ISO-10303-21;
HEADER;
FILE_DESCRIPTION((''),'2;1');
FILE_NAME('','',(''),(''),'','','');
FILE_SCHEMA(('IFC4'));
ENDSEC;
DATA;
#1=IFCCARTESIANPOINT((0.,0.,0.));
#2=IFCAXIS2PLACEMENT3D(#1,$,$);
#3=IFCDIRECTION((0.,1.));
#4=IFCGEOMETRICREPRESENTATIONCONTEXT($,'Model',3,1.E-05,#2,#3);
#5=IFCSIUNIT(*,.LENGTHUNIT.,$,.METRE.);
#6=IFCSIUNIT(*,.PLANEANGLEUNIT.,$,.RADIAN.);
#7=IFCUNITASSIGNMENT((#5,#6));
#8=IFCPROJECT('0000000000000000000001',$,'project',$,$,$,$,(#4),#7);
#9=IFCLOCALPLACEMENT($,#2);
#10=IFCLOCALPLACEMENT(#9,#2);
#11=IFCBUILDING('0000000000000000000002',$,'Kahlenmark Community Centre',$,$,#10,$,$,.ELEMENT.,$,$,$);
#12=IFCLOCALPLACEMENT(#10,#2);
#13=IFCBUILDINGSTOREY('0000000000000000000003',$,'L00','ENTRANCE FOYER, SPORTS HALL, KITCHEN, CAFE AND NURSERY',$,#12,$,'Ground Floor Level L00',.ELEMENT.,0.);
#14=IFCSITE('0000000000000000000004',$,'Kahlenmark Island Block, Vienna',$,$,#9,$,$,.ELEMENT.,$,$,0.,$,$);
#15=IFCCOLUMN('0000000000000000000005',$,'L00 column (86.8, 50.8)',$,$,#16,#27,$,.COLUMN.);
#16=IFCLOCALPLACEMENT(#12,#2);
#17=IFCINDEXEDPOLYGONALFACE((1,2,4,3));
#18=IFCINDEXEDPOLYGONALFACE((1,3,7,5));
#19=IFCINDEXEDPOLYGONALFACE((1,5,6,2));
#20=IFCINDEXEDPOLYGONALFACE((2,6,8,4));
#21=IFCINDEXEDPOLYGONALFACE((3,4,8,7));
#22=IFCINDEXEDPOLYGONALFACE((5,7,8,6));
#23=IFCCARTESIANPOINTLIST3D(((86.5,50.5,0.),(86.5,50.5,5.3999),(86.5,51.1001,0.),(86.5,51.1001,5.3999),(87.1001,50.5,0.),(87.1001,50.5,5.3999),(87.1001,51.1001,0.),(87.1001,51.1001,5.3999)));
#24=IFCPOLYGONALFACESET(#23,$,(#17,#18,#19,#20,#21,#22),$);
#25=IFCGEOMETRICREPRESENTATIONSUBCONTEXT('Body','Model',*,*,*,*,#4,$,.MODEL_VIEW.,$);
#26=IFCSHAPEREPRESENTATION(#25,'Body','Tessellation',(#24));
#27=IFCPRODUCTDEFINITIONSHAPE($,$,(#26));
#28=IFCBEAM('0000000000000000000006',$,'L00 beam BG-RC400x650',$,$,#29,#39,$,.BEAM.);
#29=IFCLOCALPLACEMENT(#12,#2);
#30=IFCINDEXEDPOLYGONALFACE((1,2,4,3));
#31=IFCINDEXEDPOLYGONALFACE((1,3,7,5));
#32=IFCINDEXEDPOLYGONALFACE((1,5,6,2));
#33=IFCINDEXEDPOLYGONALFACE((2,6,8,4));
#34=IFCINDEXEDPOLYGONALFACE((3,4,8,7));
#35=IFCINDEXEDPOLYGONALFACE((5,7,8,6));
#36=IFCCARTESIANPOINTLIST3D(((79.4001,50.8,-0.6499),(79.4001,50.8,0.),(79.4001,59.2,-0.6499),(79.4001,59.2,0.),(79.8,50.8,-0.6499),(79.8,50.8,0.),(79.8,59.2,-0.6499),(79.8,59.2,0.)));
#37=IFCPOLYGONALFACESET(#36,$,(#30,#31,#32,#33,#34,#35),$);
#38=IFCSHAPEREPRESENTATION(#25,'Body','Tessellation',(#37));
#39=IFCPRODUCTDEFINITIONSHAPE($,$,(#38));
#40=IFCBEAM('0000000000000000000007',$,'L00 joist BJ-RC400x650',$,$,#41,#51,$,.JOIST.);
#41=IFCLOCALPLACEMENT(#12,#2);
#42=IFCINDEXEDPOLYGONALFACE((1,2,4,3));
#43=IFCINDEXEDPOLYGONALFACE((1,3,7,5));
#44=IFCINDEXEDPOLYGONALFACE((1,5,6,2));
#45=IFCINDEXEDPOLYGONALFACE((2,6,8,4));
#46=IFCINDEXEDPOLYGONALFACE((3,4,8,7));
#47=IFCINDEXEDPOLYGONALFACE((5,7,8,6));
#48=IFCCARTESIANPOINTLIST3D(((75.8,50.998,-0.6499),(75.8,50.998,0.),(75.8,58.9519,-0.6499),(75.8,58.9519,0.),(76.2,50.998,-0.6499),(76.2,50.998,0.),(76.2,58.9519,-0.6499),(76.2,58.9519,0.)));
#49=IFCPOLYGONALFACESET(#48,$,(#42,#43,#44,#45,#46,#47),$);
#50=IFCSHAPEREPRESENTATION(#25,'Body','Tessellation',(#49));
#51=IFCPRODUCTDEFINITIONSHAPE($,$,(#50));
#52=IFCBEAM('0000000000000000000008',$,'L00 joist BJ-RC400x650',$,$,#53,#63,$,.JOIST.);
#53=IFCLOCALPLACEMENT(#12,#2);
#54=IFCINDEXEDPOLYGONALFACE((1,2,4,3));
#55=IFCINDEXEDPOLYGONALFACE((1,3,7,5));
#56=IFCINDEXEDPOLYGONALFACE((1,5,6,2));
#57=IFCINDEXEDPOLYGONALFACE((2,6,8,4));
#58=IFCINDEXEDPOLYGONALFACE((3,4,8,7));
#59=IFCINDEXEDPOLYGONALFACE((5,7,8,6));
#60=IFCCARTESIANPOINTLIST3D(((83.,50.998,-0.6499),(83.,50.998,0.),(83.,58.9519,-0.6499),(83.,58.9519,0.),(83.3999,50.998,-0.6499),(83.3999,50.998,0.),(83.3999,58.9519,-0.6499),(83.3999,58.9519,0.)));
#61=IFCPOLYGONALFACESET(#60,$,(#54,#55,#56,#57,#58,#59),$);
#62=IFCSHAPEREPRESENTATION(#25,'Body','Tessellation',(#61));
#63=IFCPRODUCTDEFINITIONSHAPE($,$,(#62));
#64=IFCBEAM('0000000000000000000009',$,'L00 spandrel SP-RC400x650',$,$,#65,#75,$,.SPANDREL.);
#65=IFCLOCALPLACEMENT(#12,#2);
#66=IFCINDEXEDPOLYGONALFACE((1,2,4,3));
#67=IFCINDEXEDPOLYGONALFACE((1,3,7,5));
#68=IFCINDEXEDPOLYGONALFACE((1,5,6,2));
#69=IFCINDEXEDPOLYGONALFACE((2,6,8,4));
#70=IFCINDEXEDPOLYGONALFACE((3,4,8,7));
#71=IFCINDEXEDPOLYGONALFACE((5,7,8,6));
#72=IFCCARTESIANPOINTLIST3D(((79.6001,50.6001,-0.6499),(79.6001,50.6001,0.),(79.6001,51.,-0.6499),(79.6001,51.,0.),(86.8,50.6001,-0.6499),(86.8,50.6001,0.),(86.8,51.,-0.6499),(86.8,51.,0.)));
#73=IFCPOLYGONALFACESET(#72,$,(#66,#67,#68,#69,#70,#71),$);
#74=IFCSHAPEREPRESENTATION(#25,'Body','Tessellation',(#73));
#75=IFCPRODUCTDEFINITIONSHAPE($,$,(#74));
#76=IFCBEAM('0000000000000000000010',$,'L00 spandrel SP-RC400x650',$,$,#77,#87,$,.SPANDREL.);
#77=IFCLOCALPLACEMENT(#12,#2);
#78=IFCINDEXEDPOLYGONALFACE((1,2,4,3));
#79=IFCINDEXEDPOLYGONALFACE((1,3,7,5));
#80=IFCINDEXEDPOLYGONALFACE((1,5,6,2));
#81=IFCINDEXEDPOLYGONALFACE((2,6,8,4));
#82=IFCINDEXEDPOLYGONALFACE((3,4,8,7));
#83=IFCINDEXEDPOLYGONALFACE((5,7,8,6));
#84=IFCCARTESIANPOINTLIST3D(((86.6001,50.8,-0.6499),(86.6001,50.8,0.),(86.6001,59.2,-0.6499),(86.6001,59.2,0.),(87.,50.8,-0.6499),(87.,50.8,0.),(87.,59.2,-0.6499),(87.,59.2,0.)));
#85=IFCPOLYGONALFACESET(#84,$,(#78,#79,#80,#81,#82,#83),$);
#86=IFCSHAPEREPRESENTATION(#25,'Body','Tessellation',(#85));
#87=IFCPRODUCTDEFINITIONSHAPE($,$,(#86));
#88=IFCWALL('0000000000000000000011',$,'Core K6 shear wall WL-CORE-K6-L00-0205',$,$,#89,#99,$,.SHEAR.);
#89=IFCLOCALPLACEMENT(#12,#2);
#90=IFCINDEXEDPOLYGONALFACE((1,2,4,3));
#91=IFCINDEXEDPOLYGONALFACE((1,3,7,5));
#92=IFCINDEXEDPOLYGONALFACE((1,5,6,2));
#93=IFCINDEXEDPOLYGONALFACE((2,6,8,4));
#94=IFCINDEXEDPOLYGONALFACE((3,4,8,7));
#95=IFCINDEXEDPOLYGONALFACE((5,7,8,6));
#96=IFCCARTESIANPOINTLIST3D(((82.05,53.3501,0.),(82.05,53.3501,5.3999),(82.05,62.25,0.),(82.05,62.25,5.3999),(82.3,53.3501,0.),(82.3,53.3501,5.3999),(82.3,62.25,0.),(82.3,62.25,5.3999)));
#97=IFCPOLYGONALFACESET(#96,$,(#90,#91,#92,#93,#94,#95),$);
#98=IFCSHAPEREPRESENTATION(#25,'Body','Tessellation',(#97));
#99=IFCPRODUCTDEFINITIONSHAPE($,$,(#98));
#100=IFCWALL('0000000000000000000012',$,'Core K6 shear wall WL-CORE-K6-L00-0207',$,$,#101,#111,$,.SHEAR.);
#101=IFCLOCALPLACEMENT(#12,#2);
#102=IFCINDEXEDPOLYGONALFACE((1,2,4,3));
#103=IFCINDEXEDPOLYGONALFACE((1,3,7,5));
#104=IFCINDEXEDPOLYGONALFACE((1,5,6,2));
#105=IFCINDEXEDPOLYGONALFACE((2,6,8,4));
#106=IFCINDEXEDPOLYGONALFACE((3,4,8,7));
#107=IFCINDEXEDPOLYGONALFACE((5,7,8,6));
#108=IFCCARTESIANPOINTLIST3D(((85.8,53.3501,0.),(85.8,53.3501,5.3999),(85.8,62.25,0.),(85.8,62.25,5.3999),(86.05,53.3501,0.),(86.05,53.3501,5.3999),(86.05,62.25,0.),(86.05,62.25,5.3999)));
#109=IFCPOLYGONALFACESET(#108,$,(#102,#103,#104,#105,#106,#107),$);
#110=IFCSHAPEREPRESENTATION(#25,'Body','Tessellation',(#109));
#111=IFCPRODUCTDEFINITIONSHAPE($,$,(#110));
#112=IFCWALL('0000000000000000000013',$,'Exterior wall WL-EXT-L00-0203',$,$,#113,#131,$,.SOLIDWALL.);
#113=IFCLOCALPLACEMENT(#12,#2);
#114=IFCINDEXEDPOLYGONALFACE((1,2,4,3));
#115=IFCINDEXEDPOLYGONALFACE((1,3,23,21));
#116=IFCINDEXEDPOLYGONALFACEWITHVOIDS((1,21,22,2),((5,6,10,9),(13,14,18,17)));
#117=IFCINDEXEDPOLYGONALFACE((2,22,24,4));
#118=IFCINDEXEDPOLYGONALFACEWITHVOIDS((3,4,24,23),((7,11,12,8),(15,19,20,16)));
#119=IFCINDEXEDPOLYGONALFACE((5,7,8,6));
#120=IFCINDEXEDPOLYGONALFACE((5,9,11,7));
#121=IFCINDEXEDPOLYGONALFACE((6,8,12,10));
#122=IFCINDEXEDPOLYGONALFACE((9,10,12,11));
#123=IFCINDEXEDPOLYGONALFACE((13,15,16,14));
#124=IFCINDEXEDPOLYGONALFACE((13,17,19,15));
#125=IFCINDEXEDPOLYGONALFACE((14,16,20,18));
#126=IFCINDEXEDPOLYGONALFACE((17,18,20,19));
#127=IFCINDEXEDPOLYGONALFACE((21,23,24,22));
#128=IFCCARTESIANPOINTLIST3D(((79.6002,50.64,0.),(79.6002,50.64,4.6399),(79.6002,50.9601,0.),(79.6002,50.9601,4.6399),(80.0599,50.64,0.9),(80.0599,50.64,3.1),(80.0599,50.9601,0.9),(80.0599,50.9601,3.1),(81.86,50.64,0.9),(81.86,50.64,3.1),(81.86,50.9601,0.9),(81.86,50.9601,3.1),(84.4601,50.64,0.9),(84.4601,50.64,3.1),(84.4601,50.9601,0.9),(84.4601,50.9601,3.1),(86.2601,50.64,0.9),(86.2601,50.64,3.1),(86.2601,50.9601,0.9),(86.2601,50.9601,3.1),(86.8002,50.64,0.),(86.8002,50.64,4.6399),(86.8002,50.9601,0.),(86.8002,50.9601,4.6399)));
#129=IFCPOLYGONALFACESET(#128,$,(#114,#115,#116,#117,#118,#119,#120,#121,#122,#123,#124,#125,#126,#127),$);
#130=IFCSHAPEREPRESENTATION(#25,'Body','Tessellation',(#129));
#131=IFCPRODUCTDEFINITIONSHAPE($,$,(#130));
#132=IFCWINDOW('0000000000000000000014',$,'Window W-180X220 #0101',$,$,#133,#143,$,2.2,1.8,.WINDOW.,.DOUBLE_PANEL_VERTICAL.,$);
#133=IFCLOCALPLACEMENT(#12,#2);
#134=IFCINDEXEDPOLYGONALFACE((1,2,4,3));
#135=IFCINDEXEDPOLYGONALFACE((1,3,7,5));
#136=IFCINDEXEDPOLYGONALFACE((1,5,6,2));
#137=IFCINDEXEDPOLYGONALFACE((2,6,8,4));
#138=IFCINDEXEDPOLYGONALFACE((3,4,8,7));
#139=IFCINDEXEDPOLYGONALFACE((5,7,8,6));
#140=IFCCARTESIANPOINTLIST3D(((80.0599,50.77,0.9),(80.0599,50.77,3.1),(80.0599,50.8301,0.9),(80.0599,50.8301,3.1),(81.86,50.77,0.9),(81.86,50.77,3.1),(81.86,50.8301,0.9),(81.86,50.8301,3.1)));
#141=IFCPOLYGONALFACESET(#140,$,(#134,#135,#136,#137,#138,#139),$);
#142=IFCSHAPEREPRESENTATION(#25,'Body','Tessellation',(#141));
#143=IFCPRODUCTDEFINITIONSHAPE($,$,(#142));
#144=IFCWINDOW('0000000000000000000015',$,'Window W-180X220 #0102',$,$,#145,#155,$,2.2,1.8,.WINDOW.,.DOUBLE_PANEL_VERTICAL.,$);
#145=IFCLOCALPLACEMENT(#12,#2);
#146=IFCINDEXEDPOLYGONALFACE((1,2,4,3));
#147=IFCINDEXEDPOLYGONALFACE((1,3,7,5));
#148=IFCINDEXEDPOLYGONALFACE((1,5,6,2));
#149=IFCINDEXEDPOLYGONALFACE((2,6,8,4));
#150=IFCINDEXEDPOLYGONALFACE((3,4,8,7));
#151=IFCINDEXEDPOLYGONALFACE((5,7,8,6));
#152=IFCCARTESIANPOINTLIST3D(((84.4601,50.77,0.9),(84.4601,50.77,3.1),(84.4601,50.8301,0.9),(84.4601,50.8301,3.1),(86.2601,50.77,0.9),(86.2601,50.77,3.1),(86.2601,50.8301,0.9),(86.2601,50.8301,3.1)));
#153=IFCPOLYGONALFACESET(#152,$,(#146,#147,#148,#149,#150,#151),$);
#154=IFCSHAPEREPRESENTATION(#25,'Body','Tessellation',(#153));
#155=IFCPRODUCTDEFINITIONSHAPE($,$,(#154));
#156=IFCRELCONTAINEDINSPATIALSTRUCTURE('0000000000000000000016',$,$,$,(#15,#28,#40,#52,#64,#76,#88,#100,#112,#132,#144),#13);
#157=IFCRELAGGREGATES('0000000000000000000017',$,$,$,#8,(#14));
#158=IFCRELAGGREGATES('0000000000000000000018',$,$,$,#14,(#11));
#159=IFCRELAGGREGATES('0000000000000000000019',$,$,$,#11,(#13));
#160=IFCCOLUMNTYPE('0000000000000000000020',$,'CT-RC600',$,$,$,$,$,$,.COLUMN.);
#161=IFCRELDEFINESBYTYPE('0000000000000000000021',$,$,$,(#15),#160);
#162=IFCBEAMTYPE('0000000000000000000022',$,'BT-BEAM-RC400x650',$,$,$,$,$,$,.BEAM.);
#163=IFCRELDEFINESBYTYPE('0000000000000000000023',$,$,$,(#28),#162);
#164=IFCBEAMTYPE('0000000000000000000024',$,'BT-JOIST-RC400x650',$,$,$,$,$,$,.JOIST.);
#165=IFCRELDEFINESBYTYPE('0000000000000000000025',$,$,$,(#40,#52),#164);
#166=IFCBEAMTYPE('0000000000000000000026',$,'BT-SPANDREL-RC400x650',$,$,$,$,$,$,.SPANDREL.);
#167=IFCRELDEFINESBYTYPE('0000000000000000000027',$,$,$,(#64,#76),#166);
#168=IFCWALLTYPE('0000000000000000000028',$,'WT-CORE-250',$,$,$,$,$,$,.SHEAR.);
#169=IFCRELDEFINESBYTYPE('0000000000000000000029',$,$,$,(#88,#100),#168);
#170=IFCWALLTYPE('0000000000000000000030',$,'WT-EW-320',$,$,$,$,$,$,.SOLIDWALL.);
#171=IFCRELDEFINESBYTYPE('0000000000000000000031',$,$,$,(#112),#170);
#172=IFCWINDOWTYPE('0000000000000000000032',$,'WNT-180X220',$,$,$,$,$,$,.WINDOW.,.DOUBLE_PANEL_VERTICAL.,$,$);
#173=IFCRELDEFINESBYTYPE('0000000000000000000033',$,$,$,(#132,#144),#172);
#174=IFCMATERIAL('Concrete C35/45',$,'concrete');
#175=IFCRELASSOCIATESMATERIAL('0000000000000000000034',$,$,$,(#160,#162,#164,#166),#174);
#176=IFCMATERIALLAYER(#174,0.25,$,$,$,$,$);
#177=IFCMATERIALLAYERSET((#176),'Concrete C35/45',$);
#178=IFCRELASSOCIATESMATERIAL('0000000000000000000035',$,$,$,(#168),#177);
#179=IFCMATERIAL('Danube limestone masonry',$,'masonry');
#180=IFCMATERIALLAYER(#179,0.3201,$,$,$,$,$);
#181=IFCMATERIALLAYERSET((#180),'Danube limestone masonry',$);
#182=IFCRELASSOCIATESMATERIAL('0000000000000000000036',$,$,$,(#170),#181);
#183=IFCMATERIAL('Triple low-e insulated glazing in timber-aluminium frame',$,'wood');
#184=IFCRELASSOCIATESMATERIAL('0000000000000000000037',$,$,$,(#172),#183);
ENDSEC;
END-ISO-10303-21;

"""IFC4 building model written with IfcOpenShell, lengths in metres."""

from ifc_helpers import new_model, si_unit, direction, frame, frame_2d, origin, origin_2d, place, context, subcontext, project, spatial, rectangle, extrude, material, layer, layer_set, material_profile, profile_set, type_object, element, fill, save


model = new_model("IFC4")

# Units and contexts
model_context = context("Model", 3, precision=1e-05, world=origin(), true_north=direction((0.0, 1.0)))
body_context = subcontext(model_context, "Body", "Model", "MODEL_VIEW")
ifc_project = project(units=[si_unit("LENGTHUNIT", "METRE"), si_unit("PLANEANGLEUNIT", "RADIAN")], contexts=[model_context])

# Site, building, storey
site_placement = place(None, origin())
site = spatial("IfcSite", under=ifc_project, at=site_placement, Name="Kahlenmark Island Block, Vienna", CompositionType="ELEMENT", RefElevation=0.0)
building_placement = place(site_placement, origin())
building = spatial("IfcBuilding", under=site, at=building_placement, Name="Kahlenmark Community Centre", CompositionType="ELEMENT")
storey_placement = place(building_placement, origin())
storey = spatial("IfcBuildingStorey", under=building, at=storey_placement, Name="L00", Description="ENTRANCE FOYER, SPORTS HALL, KITCHEN, CAFE AND NURSERY", LongName="Ground Floor Level L00", CompositionType="ELEMENT", Elevation=0.0)

# Column
ifc_material_1 = material(Name="Concrete C35/45", Category="concrete")
ifc_material_profile_1 = material_profile(ifc_material_1, rectangle(XDim=0.6001, YDim=0.6001, at=origin_2d()), Name="RC 600x600")
ifc_profile_set_1 = profile_set([ifc_material_profile_1], Name="Concrete C35/45")
column_type = type_object("IfcColumnType", Name="CT-RC600", PredefinedType="COLUMN", material=ifc_profile_set_1)
column_placement = place(storey_placement, frame((86.8, 50.8, 0.0), z_axis=(0.0, 0.0, 1.0), x_axis=(1.0, 0.0, 0.0)))
element("IfcColumn", 1, at=column_placement, inside=storey, type_object=column_type, Name="L00 column (86.8, 50.8)", PredefinedType="COLUMN", context=body_context, shape_type="SweptSolid", body=[
    extrude(rectangle(XDim=0.6001, YDim=0.6001, at=origin_2d()), origin(), (0.0, 0.0, 1.0), 5.3999),
])

# Beams
ifc_material_profile_2 = material_profile(ifc_material_1, rectangle(XDim=0.3999, YDim=0.6499, at=origin_2d()), Name="RC 400x650")
ifc_profile_set_2 = profile_set([ifc_material_profile_2], Name="Concrete C35/45")
beam_type_1 = type_object("IfcBeamType", Name="BT-BEAM-RC400x650", PredefinedType="BEAM", material=ifc_profile_set_2)
beam_1_placement = place(storey_placement, frame((79.6001, 50.8, -0.325), z_axis=(0.0, 1.0, 0.0), x_axis=(-1.0, 0.0, 0.0)))
element("IfcBeam", 2, at=beam_1_placement, inside=storey, type_object=beam_type_1, Name="L00 beam BG-RC400x650", PredefinedType="BEAM", context=body_context, shape_type="SweptSolid", body=[
    extrude(rectangle(XDim=0.3999, YDim=0.6499, at=origin_2d()), origin(), (0.0, 0.0, 1.0), 8.3999),
])
ifc_material_profile_3 = material_profile(ifc_material_1, rectangle(XDim=0.3999, YDim=0.6499, at=origin_2d()), Name="RC 400x650")
ifc_profile_set_3 = profile_set([ifc_material_profile_3], Name="Concrete C35/45")
beam_type_2 = type_object("IfcBeamType", Name="BT-JOIST-RC400x650", PredefinedType="JOIST", material=ifc_profile_set_3)
for number, where, z_axis, x_axis, name in (
    (3, (76.0, 50.998, -0.325), (0.0, 1.0, 0.0), (-1.0, 0.0, 0.0), "L00 joist BJ-RC400x650"),
    (4, (83.2, 50.998, -0.325), (0.0, 1.0, 0.0), (-1.0, 0.0, 0.0), "L00 joist BJ-RC400x650"),
):
    element("IfcBeam", number, at=place(storey_placement, frame(where, z_axis=z_axis, x_axis=x_axis)), inside=storey, type_object=beam_type_2, Name=name, PredefinedType="JOIST", context=body_context, shape_type="SweptSolid", body=[
        extrude(rectangle(XDim=0.3999, YDim=0.6499, at=origin_2d()), origin(), (0.0, 0.0, 1.0), 7.9539),
    ])
ifc_material_profile_4 = material_profile(ifc_material_1, rectangle(XDim=0.3999, YDim=0.6499, at=origin_2d()), Name="RC 400x650")
ifc_profile_set_4 = profile_set([ifc_material_profile_4], Name="Concrete C35/45")
beam_type_3 = type_object("IfcBeamType", Name="BT-SPANDREL-RC400x650", PredefinedType="SPANDREL", material=ifc_profile_set_4)
beam_2_placement = place(storey_placement, frame((79.6001, 50.8, -0.325), z_axis=(1.0, 0.0, 0.0), x_axis=(0.0, 1.0, 0.0)))
element("IfcBeam", 5, at=beam_2_placement, inside=storey, type_object=beam_type_3, Name="L00 spandrel SP-RC400x650", PredefinedType="SPANDREL", context=body_context, shape_type="SweptSolid", body=[
    extrude(rectangle(XDim=0.3999, YDim=0.6499, at=origin_2d()), origin(), (0.0, 0.0, 1.0), 7.2),
])
beam_3_placement = place(storey_placement, frame((86.8, 50.8, -0.325), z_axis=(0.0, 1.0, 0.0), x_axis=(-1.0, 0.0, 0.0)))
element("IfcBeam", 6, at=beam_3_placement, inside=storey, type_object=beam_type_3, Name="L00 spandrel SP-RC400x650", PredefinedType="SPANDREL", context=body_context, shape_type="SweptSolid", body=[
    extrude(rectangle(XDim=0.3999, YDim=0.6499, at=origin_2d()), origin(), (0.0, 0.0, 1.0), 8.3999),
])

# Shared definitions
ifc_layer_1 = layer(ifc_material_1, 0.25)
ifc_layer_set_1 = layer_set([ifc_layer_1], Name="Concrete C35/45")
wall_type_1 = type_object("IfcWallType", Name="WT-CORE-250", PredefinedType="SHEAR", material=ifc_layer_set_1)

# Walls
for number, where, z_axis, x_axis, name in (
    (7, (82.175, 53.3501, 0.0), (0.0, 0.0, 1.0), (0.0, 1.0, 0.0), "Core K6 shear wall WL-CORE-K6-L00-0205"),
    (8, (85.925, 53.3501, 0.0), (0.0, 0.0, 1.0), (0.0, 1.0, 0.0), "Core K6 shear wall WL-CORE-K6-L00-0207"),
):
    element("IfcWall", number, at=place(storey_placement, frame(where, z_axis=z_axis, x_axis=x_axis)), inside=storey, type_object=wall_type_1, Name=name, PredefinedType="SHEAR", context=body_context, shape_type="SweptSolid", body=[
        extrude(rectangle(XDim=8.8999, YDim=0.25, at=frame_2d((4.45, 0.0))), origin(), (0.0, 0.0, 1.0), 5.3999),
    ])

# Wall, openings, windows
ifc_material_2 = material(Name="Danube limestone masonry", Category="masonry")
ifc_layer_2 = layer(ifc_material_2, 0.3201)
ifc_layer_set_2 = layer_set([ifc_layer_2], Name="Danube limestone masonry")
wall_type_2 = type_object("IfcWallType", Name="WT-EW-320", PredefinedType="SOLIDWALL", material=ifc_layer_set_2)
wall_1_placement = place(storey_placement, frame((79.6001, 50.8, 0.0), z_axis=(0.0, 0.0, 1.0), x_axis=(1.0, 0.0, 0.0)))
wall_1 = element("IfcWall", 9, at=wall_1_placement, inside=storey, type_object=wall_type_2, Name="Exterior wall WL-EXT-L00-0203", PredefinedType="SOLIDWALL", context=body_context, shape_type="SweptSolid", body=[
    extrude(rectangle(XDim=7.2, YDim=0.3201, at=frame_2d((3.6001, 0.0))), origin(), (0.0, 0.0, 1.0), 4.6399),
])
opening_1_placement = place(wall_1_placement, frame((0.46, 0.0, 0.8999)))
opening_1 = element("IfcOpeningElement", 10, at=opening_1_placement, cuts=wall_1, PredefinedType="OPENING", context=body_context, shape_type="SweptSolid", body=[
    extrude(rectangle(XDim=1.8, YDim=2.2, at=frame_2d((0.8999, 1.1001))), frame((0.0, 0.1699, 0.0), z_axis=(0.0, -1.0, 0.0), x_axis=(1.0, 0.0, 0.0)), (0.0, 0.0, 1.0), 0.3401),
])
opening_2_placement = place(wall_1_placement, frame((4.8601, 0.0, 0.8999)))
opening_2 = element("IfcOpeningElement", 11, at=opening_2_placement, cuts=wall_1, PredefinedType="OPENING", context=body_context, shape_type="SweptSolid", body=[
    extrude(rectangle(XDim=1.8, YDim=2.2, at=frame_2d((0.8999, 1.1001))), frame((0.0, 0.1699, 0.0), z_axis=(0.0, -1.0, 0.0), x_axis=(1.0, 0.0, 0.0)), (0.0, 0.0, 1.0), 0.3401),
])
ifc_material_3 = material(Name="Triple low-e insulated glazing in timber-aluminium frame", Category="wood")
window_type_1 = type_object("IfcWindowType", Name="WNT-180X220", PartitioningType="DOUBLE_PANEL_VERTICAL", PredefinedType="WINDOW", material=ifc_material_3)
window_1_placement = place(opening_1_placement, origin())
window_1 = element("IfcWindow", 12, at=window_1_placement, inside=storey, type_object=window_type_1, Name="Window W-180X220 #0101", OverallHeight=2.2, OverallWidth=1.8, PartitioningType="DOUBLE_PANEL_VERTICAL", PredefinedType="WINDOW", context=body_context, shape_type="SweptSolid", body=[
    extrude(rectangle(XDim=1.8, YDim=2.2, at=frame_2d((0.8999, 1.1001))), frame((0.0, 0.03, 0.0), z_axis=(0.0, -1.0, 0.0), x_axis=(1.0, 0.0, 0.0)), (0.0, 0.0, 1.0), 0.0601),
])
fill(opening_1, window_1)
window_2_placement = place(opening_2_placement, origin())
window_2 = element("IfcWindow", 13, at=window_2_placement, inside=storey, type_object=window_type_1, Name="Window W-180X220 #0102", OverallHeight=2.2, OverallWidth=1.8, PartitioningType="DOUBLE_PANEL_VERTICAL", PredefinedType="WINDOW", context=body_context, shape_type="SweptSolid", body=[
    extrude(rectangle(XDim=1.8, YDim=2.2, at=frame_2d((0.8999, 1.1001))), frame((0.0, 0.03, 0.0), z_axis=(0.0, -1.0, 0.0), x_axis=(1.0, 0.0, 0.0)), (0.0, 0.0, 1.0), 0.0601),
])
fill(opening_2, window_2)

save(model, "model.ifc")
